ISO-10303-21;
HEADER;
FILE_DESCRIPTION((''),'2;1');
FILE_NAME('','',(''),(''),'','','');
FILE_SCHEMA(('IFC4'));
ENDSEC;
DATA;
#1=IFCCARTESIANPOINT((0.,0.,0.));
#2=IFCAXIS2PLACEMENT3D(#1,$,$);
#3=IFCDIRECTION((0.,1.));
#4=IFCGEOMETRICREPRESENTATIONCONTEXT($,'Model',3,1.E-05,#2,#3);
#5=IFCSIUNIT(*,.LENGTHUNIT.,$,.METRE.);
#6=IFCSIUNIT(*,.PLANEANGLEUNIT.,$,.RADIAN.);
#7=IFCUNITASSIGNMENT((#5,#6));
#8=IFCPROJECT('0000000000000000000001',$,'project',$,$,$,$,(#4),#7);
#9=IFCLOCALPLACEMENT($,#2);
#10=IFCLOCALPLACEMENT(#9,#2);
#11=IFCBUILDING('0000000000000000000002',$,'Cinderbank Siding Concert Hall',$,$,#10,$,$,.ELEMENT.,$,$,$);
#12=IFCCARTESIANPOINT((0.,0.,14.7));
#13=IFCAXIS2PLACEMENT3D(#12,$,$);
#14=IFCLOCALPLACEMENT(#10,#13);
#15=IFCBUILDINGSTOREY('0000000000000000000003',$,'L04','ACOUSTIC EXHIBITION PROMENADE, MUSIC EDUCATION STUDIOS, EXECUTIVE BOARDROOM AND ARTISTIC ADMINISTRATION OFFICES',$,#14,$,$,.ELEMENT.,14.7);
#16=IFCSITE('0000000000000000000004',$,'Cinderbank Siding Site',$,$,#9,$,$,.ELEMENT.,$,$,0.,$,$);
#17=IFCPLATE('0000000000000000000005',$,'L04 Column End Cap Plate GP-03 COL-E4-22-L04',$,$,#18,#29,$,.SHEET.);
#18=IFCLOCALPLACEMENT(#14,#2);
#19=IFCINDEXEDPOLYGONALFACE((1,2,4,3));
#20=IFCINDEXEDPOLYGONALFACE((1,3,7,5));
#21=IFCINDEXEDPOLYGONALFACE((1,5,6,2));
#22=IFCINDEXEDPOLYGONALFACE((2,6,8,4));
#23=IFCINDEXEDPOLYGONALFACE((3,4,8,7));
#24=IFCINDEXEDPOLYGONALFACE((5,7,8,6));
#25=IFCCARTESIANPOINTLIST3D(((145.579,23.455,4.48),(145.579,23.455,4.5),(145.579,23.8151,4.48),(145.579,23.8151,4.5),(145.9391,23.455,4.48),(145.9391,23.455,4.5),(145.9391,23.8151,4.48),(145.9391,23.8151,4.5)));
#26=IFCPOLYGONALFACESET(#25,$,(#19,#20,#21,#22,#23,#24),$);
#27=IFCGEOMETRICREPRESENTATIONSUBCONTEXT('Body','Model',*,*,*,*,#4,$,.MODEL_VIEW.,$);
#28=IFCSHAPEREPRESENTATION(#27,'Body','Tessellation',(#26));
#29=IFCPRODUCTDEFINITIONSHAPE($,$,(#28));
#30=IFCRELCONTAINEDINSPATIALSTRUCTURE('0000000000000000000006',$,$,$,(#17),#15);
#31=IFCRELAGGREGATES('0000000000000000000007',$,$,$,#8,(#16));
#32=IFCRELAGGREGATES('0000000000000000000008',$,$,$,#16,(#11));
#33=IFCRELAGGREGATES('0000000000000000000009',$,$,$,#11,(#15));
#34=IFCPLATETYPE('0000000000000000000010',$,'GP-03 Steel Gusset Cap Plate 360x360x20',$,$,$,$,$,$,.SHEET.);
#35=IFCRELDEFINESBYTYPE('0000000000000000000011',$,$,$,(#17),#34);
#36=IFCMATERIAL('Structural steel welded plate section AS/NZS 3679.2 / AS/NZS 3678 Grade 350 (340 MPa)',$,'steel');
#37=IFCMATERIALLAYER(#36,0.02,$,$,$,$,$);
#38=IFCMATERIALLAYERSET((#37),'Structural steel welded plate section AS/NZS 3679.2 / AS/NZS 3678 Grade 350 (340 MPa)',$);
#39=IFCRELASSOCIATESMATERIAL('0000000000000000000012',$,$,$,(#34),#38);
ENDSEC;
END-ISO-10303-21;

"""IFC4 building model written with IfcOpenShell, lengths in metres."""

from ifc_helpers import new_model, si_unit, direction, frame, origin, origin_2d, place, context, subcontext, project, spatial, rectangle, extrude, material, layer, layer_set, type_object, element, save


model = new_model("IFC4")

# Units and contexts
model_context = context("Model", 3, precision=1e-05, world=origin(), true_north=direction((0.0, 1.0)))
body_context = subcontext(model_context, "Body", "Model", "MODEL_VIEW")
ifc_project = project(units=[si_unit("LENGTHUNIT", "METRE"), si_unit("PLANEANGLEUNIT", "RADIAN")], contexts=[model_context])

# Site, building, storey
site_placement = place(None, origin())
site = spatial("IfcSite", under=ifc_project, at=site_placement, Name="Cinderbank Siding Site", CompositionType="ELEMENT", RefElevation=0.0)
building_placement = place(site_placement, origin())
building = spatial("IfcBuilding", under=site, at=building_placement, Name="Cinderbank Siding Concert Hall", CompositionType="ELEMENT")
storey_placement = place(building_placement, frame((0.0, 0.0, 14.7)))
storey = spatial("IfcBuildingStorey", under=building, at=storey_placement, Name="L04", Description="ACOUSTIC EXHIBITION PROMENADE, MUSIC EDUCATION STUDIOS, EXECUTIVE BOARDROOM AND ARTISTIC ADMINISTRATION OFFICES", CompositionType="ELEMENT", Elevation=14.7)

# Plate
ifc_material_1 = material(Name="Structural steel welded plate section AS/NZS 3679.2 / AS/NZS 3678 Grade 350 (340 MPa)", Category="steel")
ifc_layer_1 = layer(ifc_material_1, 0.02)
ifc_layer_set_1 = layer_set([ifc_layer_1], Name="Structural steel welded plate section AS/NZS 3679.2 / AS/NZS 3678 Grade 350 (340 MPa)")
plate_type_1 = type_object("IfcPlateType", Name="GP-03 Steel Gusset Cap Plate 360x360x20", PredefinedType="SHEET", material=ifc_layer_set_1)
plate_1_placement = place(storey_placement, frame((145.759, 23.635, 4.48), z_axis=(0.0, 0.0, 1.0), x_axis=(1.0, 0.0, 0.0)))
element("IfcPlate", 1, at=plate_1_placement, inside=storey, type_object=plate_type_1, Name="L04 Column End Cap Plate GP-03 COL-E4-22-L04", PredefinedType="SHEET", context=body_context, shape_type="SweptSolid", body=[
    extrude(rectangle(XDim=0.3601, YDim=0.3601, at=origin_2d()), origin(), (0.0, 0.0, 1.0), 0.02),
])

save(model, "model.ifc")
